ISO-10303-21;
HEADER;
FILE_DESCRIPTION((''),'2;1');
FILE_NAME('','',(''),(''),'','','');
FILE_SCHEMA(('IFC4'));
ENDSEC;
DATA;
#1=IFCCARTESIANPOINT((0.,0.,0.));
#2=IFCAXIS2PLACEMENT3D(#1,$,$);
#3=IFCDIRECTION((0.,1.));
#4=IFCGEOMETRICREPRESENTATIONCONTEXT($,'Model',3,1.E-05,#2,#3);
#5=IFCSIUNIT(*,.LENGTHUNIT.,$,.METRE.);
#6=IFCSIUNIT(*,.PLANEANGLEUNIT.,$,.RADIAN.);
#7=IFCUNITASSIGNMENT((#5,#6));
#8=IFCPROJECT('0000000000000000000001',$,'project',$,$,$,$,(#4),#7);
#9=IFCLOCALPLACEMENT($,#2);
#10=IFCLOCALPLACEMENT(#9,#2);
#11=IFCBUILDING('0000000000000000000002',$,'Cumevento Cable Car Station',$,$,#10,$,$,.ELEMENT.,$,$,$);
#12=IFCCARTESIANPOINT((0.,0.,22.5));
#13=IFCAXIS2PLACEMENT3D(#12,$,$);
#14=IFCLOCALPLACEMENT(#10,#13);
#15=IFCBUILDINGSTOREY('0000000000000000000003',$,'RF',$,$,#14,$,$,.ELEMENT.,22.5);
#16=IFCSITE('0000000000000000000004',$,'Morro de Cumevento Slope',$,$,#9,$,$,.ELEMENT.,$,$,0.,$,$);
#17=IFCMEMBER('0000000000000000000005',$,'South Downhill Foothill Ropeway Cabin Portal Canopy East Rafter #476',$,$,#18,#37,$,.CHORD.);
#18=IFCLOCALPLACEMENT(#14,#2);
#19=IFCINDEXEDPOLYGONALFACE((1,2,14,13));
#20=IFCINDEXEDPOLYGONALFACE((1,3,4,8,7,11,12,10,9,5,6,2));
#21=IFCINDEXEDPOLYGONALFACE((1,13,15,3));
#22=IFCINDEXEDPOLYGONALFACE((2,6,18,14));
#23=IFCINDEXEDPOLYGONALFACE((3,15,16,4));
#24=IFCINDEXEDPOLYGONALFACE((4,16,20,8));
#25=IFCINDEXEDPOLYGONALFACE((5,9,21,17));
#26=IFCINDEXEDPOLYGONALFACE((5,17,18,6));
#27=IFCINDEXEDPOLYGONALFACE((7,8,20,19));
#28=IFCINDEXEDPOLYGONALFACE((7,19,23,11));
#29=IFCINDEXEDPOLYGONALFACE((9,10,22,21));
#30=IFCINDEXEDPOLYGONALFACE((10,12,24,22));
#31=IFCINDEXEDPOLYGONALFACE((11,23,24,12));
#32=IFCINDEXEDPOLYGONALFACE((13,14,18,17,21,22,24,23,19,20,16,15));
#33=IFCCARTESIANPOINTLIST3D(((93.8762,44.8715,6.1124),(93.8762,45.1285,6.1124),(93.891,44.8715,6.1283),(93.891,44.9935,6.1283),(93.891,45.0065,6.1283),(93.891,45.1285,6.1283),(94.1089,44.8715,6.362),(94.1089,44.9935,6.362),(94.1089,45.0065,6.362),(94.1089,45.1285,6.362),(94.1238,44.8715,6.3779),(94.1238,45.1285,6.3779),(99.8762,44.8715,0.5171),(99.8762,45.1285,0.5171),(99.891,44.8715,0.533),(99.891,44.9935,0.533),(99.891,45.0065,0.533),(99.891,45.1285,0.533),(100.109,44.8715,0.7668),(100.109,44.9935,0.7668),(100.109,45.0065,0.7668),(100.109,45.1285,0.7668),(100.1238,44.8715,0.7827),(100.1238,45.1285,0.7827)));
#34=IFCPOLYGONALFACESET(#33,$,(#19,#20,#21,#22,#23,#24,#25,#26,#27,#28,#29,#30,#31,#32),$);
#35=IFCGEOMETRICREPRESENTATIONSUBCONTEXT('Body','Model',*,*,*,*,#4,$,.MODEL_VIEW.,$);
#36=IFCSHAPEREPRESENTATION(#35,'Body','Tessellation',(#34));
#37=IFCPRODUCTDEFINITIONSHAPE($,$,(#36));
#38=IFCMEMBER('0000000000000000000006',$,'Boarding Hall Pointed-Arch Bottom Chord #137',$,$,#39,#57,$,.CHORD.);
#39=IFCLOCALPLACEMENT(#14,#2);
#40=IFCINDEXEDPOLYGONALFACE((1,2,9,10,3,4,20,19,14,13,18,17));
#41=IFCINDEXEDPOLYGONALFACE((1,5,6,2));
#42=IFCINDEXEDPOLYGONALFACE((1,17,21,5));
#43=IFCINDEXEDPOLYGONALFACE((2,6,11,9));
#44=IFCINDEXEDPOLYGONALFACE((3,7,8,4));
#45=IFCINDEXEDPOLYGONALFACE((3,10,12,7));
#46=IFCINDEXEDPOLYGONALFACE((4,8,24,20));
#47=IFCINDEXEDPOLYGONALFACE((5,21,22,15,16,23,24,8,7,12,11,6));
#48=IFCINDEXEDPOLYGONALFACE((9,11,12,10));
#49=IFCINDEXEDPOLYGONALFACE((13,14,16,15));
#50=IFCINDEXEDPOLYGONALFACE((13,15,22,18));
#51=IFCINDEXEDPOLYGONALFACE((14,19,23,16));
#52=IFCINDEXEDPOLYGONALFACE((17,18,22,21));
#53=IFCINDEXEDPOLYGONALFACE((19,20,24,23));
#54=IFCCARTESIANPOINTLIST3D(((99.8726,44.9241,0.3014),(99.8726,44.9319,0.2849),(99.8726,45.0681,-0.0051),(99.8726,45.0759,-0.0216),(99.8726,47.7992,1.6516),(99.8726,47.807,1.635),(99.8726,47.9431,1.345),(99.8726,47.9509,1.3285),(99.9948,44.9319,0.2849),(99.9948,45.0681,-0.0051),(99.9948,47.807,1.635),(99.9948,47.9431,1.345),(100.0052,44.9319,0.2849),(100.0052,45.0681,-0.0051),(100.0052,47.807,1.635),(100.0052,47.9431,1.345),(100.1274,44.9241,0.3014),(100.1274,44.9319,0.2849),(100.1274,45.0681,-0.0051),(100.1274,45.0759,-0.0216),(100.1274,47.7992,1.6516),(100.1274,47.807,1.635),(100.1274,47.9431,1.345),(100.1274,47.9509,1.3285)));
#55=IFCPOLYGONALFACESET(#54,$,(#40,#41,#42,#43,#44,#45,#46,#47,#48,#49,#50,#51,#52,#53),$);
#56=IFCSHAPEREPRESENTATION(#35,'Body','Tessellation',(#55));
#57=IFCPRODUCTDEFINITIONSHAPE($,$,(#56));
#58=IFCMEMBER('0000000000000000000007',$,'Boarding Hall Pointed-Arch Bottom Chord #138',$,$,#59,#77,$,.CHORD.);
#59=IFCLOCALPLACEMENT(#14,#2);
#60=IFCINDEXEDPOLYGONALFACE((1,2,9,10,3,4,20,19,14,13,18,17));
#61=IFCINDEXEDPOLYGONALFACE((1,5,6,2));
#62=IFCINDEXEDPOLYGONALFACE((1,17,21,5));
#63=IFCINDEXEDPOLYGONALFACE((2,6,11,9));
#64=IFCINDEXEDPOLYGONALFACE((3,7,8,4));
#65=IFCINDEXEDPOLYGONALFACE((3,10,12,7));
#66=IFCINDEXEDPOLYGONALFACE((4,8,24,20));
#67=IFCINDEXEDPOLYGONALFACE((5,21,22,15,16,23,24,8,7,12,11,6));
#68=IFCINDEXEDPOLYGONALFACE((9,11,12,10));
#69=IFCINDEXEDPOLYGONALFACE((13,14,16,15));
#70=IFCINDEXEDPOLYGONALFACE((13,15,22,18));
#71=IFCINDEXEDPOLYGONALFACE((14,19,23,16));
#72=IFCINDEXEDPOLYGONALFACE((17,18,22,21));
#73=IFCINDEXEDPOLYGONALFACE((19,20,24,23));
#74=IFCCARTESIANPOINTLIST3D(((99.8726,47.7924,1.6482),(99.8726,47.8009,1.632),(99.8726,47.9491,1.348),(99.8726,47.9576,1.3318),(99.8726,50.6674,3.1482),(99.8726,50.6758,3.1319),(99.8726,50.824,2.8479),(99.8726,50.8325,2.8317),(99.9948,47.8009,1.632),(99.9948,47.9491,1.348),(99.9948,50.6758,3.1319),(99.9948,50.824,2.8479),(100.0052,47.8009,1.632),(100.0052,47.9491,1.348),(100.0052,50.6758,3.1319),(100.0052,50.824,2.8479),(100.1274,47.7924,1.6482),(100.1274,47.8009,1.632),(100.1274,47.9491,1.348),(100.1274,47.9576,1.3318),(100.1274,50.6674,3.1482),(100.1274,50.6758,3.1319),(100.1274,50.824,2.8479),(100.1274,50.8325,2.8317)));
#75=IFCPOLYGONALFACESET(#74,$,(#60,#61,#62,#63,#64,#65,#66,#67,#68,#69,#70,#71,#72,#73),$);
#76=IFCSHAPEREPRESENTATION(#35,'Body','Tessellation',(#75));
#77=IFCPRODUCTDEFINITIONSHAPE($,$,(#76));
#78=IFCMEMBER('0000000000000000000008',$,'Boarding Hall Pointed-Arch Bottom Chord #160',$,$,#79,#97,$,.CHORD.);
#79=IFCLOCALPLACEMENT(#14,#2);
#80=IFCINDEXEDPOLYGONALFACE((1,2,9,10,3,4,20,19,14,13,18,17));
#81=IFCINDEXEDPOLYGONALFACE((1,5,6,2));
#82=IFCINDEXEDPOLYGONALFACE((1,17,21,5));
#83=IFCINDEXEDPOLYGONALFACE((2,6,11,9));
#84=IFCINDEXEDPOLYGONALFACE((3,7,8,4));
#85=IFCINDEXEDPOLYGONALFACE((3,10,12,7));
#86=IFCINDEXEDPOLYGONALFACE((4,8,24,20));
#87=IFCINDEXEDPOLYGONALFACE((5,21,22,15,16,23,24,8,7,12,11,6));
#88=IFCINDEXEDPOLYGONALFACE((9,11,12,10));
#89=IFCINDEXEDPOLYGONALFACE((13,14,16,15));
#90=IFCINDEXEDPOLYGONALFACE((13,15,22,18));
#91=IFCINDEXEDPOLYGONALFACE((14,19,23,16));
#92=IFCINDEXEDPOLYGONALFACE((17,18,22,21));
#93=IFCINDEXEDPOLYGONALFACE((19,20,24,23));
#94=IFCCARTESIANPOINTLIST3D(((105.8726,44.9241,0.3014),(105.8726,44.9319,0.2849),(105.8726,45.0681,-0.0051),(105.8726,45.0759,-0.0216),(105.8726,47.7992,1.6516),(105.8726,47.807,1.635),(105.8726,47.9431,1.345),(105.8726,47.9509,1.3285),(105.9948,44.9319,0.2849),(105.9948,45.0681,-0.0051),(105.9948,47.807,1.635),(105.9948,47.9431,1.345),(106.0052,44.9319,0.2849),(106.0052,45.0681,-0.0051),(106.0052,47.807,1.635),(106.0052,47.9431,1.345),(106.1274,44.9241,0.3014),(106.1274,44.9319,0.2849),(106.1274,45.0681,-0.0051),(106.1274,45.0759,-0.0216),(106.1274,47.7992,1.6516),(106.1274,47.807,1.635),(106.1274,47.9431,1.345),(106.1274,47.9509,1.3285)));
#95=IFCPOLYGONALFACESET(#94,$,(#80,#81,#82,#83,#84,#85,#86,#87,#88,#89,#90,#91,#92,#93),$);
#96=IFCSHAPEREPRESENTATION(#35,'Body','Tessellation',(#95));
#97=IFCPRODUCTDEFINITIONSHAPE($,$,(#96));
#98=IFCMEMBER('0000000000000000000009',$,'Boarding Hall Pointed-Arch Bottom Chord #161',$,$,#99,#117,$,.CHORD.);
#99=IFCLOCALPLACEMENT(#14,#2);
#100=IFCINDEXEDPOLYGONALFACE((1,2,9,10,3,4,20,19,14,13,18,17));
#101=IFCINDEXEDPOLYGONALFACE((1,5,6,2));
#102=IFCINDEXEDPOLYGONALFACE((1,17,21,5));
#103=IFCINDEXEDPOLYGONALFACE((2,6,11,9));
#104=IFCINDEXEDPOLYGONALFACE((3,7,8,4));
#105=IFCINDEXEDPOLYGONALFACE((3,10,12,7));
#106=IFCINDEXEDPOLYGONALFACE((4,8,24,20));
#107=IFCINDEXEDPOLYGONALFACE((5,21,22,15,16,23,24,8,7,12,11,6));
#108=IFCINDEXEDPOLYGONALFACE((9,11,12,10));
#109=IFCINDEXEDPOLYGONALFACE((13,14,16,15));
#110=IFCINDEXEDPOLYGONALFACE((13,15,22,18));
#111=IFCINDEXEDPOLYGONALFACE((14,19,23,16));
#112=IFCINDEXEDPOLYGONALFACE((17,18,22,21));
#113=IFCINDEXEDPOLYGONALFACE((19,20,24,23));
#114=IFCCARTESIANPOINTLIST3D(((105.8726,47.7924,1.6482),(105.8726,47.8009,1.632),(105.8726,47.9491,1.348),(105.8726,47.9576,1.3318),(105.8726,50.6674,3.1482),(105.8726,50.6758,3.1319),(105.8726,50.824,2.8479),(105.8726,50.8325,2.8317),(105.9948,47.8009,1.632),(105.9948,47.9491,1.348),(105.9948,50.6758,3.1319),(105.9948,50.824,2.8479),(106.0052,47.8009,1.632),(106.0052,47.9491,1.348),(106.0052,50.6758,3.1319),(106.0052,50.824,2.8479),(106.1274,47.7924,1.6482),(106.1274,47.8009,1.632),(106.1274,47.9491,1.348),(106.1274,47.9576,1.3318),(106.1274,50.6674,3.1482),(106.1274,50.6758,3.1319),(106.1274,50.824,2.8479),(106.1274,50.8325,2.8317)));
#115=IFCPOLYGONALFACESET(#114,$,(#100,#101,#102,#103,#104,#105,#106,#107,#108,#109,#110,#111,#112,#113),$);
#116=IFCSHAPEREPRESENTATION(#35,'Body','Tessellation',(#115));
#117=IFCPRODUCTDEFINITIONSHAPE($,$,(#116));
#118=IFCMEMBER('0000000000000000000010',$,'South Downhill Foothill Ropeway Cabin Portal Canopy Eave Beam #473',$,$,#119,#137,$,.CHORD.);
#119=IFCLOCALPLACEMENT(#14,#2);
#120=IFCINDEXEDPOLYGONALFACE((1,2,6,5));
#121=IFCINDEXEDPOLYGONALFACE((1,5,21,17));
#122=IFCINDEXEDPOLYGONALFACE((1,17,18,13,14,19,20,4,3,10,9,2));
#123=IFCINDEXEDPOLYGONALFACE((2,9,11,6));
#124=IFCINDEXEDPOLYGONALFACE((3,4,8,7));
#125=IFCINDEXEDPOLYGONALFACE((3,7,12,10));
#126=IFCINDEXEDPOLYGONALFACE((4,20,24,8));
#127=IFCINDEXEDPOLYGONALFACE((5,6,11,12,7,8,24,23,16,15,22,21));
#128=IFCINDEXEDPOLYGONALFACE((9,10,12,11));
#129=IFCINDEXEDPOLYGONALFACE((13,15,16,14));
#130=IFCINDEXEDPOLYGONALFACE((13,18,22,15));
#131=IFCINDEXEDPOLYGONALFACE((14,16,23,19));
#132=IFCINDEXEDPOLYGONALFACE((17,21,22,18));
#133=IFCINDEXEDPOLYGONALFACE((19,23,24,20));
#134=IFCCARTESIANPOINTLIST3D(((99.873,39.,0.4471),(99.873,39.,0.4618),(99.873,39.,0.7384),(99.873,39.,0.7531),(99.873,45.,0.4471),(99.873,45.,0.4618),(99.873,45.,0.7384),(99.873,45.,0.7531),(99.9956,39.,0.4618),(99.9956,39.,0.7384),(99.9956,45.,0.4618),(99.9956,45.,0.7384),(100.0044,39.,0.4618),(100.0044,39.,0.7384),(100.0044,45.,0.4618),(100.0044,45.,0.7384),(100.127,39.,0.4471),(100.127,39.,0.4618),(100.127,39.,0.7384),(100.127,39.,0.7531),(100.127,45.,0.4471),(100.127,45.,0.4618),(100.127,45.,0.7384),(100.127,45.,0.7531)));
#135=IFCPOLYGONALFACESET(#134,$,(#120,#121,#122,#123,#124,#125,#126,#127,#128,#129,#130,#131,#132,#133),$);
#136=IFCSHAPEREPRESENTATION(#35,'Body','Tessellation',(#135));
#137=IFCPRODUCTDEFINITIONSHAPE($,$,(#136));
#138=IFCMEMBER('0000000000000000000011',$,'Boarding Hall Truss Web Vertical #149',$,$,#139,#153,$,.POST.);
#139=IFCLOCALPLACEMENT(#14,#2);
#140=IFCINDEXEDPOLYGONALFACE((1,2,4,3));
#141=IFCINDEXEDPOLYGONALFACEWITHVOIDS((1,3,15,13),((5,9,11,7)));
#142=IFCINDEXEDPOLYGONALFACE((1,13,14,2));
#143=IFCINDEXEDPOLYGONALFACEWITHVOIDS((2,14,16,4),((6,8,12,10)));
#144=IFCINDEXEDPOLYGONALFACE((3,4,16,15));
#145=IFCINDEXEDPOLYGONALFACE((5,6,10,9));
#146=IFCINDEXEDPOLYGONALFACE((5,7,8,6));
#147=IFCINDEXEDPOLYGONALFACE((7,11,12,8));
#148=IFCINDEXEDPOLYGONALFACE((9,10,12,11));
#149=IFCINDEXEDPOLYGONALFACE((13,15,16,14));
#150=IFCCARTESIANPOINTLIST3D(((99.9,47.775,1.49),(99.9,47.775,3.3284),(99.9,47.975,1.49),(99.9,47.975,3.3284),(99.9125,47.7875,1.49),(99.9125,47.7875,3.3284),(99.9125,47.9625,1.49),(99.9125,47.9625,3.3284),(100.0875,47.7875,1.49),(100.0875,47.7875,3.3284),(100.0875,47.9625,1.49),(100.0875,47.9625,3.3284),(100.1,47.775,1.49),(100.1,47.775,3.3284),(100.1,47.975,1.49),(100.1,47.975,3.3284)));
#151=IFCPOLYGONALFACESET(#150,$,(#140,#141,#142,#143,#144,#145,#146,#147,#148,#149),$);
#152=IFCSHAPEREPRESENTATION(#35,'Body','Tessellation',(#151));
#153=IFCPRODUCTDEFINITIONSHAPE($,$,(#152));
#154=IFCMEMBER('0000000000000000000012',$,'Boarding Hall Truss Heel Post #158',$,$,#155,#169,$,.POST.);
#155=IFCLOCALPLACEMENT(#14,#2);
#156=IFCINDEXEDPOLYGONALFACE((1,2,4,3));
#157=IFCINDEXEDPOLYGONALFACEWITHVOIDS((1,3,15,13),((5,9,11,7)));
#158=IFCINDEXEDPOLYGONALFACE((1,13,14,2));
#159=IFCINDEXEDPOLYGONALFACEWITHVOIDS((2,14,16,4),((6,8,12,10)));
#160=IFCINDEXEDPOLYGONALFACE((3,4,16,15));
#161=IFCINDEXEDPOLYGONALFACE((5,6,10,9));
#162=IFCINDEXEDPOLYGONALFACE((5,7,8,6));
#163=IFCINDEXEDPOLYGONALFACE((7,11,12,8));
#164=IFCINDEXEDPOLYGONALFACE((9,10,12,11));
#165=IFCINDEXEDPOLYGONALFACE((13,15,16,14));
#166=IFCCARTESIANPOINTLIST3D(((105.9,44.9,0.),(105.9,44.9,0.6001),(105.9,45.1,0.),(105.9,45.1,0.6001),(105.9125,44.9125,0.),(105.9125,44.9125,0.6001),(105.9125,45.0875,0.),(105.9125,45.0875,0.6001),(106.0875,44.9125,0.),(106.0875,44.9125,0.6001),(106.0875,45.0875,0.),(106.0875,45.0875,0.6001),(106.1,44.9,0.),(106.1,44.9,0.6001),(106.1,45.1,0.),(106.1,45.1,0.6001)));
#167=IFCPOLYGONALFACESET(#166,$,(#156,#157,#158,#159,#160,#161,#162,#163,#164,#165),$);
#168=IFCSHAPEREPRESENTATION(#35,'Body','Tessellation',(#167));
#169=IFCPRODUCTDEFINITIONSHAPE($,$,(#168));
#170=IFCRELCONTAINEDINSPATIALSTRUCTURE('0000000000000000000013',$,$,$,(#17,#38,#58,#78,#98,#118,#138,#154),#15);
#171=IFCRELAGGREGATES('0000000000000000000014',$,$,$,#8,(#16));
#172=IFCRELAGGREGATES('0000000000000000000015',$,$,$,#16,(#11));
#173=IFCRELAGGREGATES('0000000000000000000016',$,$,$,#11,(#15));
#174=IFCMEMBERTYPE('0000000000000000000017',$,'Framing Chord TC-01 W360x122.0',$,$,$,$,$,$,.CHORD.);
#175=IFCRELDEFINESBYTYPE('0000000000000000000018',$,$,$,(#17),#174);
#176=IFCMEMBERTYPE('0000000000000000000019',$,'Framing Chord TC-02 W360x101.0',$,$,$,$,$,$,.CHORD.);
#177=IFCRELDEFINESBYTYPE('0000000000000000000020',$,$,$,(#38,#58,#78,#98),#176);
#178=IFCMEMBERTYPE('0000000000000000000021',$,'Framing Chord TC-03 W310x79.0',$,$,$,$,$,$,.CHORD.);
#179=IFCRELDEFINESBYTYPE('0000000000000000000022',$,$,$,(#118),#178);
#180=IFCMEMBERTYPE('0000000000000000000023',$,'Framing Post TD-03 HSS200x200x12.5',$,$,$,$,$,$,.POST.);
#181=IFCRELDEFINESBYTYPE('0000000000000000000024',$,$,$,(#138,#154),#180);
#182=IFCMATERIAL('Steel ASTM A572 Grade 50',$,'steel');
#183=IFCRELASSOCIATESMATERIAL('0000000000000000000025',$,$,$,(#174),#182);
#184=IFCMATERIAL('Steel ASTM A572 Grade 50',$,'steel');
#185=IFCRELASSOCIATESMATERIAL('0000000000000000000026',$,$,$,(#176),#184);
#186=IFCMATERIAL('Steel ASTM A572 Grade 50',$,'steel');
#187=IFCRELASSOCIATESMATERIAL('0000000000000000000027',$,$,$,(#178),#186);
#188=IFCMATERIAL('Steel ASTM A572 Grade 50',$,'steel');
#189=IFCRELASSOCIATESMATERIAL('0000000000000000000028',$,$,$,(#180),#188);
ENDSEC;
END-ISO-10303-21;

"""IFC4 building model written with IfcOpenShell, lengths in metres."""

from ifc_helpers import new_model, si_unit, direction, frame, origin, origin_2d, place, context, subcontext, project, spatial, hollow_rectangle, i_section, extrude, material, material_profile, profile_set, type_object, element, save


model = new_model("IFC4")

# Units and contexts
model_context = context("Model", 3, precision=1e-05, world=origin(), true_north=direction((0.0, 1.0)))
body_context = subcontext(model_context, "Body", "Model", "MODEL_VIEW")
ifc_project = project(units=[si_unit("LENGTHUNIT", "METRE"), si_unit("PLANEANGLEUNIT", "RADIAN")], contexts=[model_context])

# Site, building, storey
site_placement = place(None, origin())
site = spatial("IfcSite", under=ifc_project, at=site_placement, Name="Morro de Cumevento Slope", CompositionType="ELEMENT", RefElevation=0.0)
building_placement = place(site_placement, origin())
building = spatial("IfcBuilding", under=site, at=building_placement, Name="Cumevento Cable Car Station", CompositionType="ELEMENT")
storey_placement = place(building_placement, frame((0.0, 0.0, 22.5)))
storey = spatial("IfcBuildingStorey", under=building, at=storey_placement, Name="RF", CompositionType="ELEMENT", Elevation=22.5)

# Members
ifc_material_1 = material(Name="Steel ASTM A572 Grade 50", Category="steel")
ifc_material_profile_1 = material_profile(ifc_material_1, i_section(OverallWidth=0.2571, OverallDepth=0.363, WebThickness=0.0129, FlangeThickness=0.0217, at=origin_2d()), Name="W360x122.0")
ifc_profile_set_1 = profile_set([ifc_material_profile_1], Name="Steel ASTM A572 Grade 50")
member_type_1 = type_object("IfcMemberType", Name="Framing Chord TC-01 W360x122.0", PredefinedType="CHORD", material=ifc_profile_set_1)
member_1_placement = place(storey_placement, frame((100.0, 45.0, 0.6499), z_axis=(-0.731346, 0.0, 0.682006), x_axis=(0.0, -1.0, 0.0)))
element("IfcMember", 1, at=member_1_placement, inside=storey, type_object=member_type_1, Name="South Downhill Foothill Ropeway Cabin Portal Canopy East Rafter #476", PredefinedType="CHORD", context=body_context, shape_type="SweptSolid", body=[
    extrude(i_section(OverallWidth=0.2571, OverallDepth=0.363, WebThickness=0.0129, FlangeThickness=0.0217, at=origin_2d()), origin(), (0.0, 0.0, 1.0), 8.2041),
])
ifc_material_2 = material(Name="Steel ASTM A572 Grade 50", Category="steel")
ifc_material_profile_2 = material_profile(ifc_material_2, i_section(OverallWidth=0.2549, OverallDepth=0.3569, WebThickness=0.0105, FlangeThickness=0.0183, at=origin_2d()), Name="W360x101.0")
ifc_profile_set_2 = profile_set([ifc_material_profile_2], Name="Steel ASTM A572 Grade 50")
member_type_2 = type_object("IfcMemberType", Name="Framing Chord TC-02 W360x101.0", PredefinedType="CHORD", material=ifc_profile_set_2)
member_2_placement = place(storey_placement, frame((100.0, 45.0, 0.1399), z_axis=(0.0, 0.905163, 0.425064), x_axis=(-1.0, 0.0, 0.0)))
element("IfcMember", 2, at=member_2_placement, inside=storey, type_object=member_type_2, Name="Boarding Hall Pointed-Arch Bottom Chord #137", PredefinedType="CHORD", context=body_context, shape_type="SweptSolid", body=[
    extrude(i_section(OverallWidth=0.2549, OverallDepth=0.3569, WebThickness=0.0105, FlangeThickness=0.0183, at=origin_2d()), origin(), (0.0, 0.0, 1.0), 3.1763),
])
member_3_placement = place(storey_placement, frame((100.0, 47.875, 1.49), z_axis=(0.0, 0.886585, 0.462566), x_axis=(-1.0, 0.0, 0.0)))
element("IfcMember", 3, at=member_3_placement, inside=storey, type_object=member_type_2, Name="Boarding Hall Pointed-Arch Bottom Chord #138", PredefinedType="CHORD", context=body_context, shape_type="SweptSolid", body=[
    extrude(i_section(OverallWidth=0.2549, OverallDepth=0.3569, WebThickness=0.0105, FlangeThickness=0.0183, at=origin_2d()), origin(), (0.0, 0.0, 1.0), 3.2427),
])
member_4_placement = place(storey_placement, frame((106.0, 45.0, 0.1399), z_axis=(0.0, 0.905163, 0.425064), x_axis=(-1.0, 0.0, 0.0)))
element("IfcMember", 4, at=member_4_placement, inside=storey, type_object=member_type_2, Name="Boarding Hall Pointed-Arch Bottom Chord #160", PredefinedType="CHORD", context=body_context, shape_type="SweptSolid", body=[
    extrude(i_section(OverallWidth=0.2549, OverallDepth=0.3569, WebThickness=0.0105, FlangeThickness=0.0183, at=origin_2d()), origin(), (0.0, 0.0, 1.0), 3.1763),
])
member_5_placement = place(storey_placement, frame((106.0, 47.875, 1.49), z_axis=(0.0, 0.886585, 0.462566), x_axis=(-1.0, 0.0, 0.0)))
element("IfcMember", 5, at=member_5_placement, inside=storey, type_object=member_type_2, Name="Boarding Hall Pointed-Arch Bottom Chord #161", PredefinedType="CHORD", context=body_context, shape_type="SweptSolid", body=[
    extrude(i_section(OverallWidth=0.2549, OverallDepth=0.3569, WebThickness=0.0105, FlangeThickness=0.0183, at=origin_2d()), origin(), (0.0, 0.0, 1.0), 3.2427),
])
ifc_material_3 = material(Name="Steel ASTM A572 Grade 50", Category="steel")
ifc_material_profile_3 = material_profile(ifc_material_3, i_section(OverallWidth=0.2539, OverallDepth=0.3059, WebThickness=0.0088, FlangeThickness=0.0146, at=origin_2d()), Name="W310x79.0")
ifc_profile_set_3 = profile_set([ifc_material_profile_3], Name="Steel ASTM A572 Grade 50")
member_type_3 = type_object("IfcMemberType", Name="Framing Chord TC-03 W310x79.0", PredefinedType="CHORD", material=ifc_profile_set_3)
member_6_placement = place(storey_placement, frame((100.0, 45.0, 0.6001), z_axis=(0.0, -1.0, 0.0), x_axis=(1.0, 0.0, 0.0)))
element("IfcMember", 6, at=member_6_placement, inside=storey, type_object=member_type_3, Name="South Downhill Foothill Ropeway Cabin Portal Canopy Eave Beam #473", PredefinedType="CHORD", context=body_context, shape_type="SweptSolid", body=[
    extrude(i_section(OverallWidth=0.2539, OverallDepth=0.3059, WebThickness=0.0088, FlangeThickness=0.0146, at=origin_2d()), origin(), (0.0, 0.0, 1.0), 6.0),
])
ifc_material_4 = material(Name="Steel ASTM A572 Grade 50", Category="steel")
ifc_material_profile_4 = material_profile(ifc_material_4, hollow_rectangle(XDim=0.2, YDim=0.2, WallThickness=0.0125, at=origin_2d()), Name="HSS200x200x12.5")
ifc_profile_set_4 = profile_set([ifc_material_profile_4], Name="Steel ASTM A572 Grade 50")
member_type_4 = type_object("IfcMemberType", Name="Framing Post TD-03 HSS200x200x12.5", PredefinedType="POST", material=ifc_profile_set_4)
member_7_placement = place(storey_placement, frame((100.0, 47.875, 1.49), z_axis=(0.0, 0.0, 1.0), x_axis=(1.0, 0.0, 0.0)))
element("IfcMember", 7, at=member_7_placement, inside=storey, type_object=member_type_4, Name="Boarding Hall Truss Web Vertical #149", PredefinedType="POST", context=body_context, shape_type="SweptSolid", body=[
    extrude(hollow_rectangle(XDim=0.2, YDim=0.2, WallThickness=0.0125, at=origin_2d()), origin(), (0.0, 0.0, 1.0), 1.8384),
])
member_8_placement = place(storey_placement, frame((106.0, 45.0, 0.0), z_axis=(0.0, 0.0, 1.0), x_axis=(1.0, 0.0, 0.0)))
element("IfcMember", 8, at=member_8_placement, inside=storey, type_object=member_type_4, Name="Boarding Hall Truss Heel Post #158", PredefinedType="POST", context=body_context, shape_type="SweptSolid", body=[
    extrude(hollow_rectangle(XDim=0.2, YDim=0.2, WallThickness=0.0125, at=origin_2d()), origin(), (0.0, 0.0, 1.0), 0.6001),
])

save(model, "model.ifc")
